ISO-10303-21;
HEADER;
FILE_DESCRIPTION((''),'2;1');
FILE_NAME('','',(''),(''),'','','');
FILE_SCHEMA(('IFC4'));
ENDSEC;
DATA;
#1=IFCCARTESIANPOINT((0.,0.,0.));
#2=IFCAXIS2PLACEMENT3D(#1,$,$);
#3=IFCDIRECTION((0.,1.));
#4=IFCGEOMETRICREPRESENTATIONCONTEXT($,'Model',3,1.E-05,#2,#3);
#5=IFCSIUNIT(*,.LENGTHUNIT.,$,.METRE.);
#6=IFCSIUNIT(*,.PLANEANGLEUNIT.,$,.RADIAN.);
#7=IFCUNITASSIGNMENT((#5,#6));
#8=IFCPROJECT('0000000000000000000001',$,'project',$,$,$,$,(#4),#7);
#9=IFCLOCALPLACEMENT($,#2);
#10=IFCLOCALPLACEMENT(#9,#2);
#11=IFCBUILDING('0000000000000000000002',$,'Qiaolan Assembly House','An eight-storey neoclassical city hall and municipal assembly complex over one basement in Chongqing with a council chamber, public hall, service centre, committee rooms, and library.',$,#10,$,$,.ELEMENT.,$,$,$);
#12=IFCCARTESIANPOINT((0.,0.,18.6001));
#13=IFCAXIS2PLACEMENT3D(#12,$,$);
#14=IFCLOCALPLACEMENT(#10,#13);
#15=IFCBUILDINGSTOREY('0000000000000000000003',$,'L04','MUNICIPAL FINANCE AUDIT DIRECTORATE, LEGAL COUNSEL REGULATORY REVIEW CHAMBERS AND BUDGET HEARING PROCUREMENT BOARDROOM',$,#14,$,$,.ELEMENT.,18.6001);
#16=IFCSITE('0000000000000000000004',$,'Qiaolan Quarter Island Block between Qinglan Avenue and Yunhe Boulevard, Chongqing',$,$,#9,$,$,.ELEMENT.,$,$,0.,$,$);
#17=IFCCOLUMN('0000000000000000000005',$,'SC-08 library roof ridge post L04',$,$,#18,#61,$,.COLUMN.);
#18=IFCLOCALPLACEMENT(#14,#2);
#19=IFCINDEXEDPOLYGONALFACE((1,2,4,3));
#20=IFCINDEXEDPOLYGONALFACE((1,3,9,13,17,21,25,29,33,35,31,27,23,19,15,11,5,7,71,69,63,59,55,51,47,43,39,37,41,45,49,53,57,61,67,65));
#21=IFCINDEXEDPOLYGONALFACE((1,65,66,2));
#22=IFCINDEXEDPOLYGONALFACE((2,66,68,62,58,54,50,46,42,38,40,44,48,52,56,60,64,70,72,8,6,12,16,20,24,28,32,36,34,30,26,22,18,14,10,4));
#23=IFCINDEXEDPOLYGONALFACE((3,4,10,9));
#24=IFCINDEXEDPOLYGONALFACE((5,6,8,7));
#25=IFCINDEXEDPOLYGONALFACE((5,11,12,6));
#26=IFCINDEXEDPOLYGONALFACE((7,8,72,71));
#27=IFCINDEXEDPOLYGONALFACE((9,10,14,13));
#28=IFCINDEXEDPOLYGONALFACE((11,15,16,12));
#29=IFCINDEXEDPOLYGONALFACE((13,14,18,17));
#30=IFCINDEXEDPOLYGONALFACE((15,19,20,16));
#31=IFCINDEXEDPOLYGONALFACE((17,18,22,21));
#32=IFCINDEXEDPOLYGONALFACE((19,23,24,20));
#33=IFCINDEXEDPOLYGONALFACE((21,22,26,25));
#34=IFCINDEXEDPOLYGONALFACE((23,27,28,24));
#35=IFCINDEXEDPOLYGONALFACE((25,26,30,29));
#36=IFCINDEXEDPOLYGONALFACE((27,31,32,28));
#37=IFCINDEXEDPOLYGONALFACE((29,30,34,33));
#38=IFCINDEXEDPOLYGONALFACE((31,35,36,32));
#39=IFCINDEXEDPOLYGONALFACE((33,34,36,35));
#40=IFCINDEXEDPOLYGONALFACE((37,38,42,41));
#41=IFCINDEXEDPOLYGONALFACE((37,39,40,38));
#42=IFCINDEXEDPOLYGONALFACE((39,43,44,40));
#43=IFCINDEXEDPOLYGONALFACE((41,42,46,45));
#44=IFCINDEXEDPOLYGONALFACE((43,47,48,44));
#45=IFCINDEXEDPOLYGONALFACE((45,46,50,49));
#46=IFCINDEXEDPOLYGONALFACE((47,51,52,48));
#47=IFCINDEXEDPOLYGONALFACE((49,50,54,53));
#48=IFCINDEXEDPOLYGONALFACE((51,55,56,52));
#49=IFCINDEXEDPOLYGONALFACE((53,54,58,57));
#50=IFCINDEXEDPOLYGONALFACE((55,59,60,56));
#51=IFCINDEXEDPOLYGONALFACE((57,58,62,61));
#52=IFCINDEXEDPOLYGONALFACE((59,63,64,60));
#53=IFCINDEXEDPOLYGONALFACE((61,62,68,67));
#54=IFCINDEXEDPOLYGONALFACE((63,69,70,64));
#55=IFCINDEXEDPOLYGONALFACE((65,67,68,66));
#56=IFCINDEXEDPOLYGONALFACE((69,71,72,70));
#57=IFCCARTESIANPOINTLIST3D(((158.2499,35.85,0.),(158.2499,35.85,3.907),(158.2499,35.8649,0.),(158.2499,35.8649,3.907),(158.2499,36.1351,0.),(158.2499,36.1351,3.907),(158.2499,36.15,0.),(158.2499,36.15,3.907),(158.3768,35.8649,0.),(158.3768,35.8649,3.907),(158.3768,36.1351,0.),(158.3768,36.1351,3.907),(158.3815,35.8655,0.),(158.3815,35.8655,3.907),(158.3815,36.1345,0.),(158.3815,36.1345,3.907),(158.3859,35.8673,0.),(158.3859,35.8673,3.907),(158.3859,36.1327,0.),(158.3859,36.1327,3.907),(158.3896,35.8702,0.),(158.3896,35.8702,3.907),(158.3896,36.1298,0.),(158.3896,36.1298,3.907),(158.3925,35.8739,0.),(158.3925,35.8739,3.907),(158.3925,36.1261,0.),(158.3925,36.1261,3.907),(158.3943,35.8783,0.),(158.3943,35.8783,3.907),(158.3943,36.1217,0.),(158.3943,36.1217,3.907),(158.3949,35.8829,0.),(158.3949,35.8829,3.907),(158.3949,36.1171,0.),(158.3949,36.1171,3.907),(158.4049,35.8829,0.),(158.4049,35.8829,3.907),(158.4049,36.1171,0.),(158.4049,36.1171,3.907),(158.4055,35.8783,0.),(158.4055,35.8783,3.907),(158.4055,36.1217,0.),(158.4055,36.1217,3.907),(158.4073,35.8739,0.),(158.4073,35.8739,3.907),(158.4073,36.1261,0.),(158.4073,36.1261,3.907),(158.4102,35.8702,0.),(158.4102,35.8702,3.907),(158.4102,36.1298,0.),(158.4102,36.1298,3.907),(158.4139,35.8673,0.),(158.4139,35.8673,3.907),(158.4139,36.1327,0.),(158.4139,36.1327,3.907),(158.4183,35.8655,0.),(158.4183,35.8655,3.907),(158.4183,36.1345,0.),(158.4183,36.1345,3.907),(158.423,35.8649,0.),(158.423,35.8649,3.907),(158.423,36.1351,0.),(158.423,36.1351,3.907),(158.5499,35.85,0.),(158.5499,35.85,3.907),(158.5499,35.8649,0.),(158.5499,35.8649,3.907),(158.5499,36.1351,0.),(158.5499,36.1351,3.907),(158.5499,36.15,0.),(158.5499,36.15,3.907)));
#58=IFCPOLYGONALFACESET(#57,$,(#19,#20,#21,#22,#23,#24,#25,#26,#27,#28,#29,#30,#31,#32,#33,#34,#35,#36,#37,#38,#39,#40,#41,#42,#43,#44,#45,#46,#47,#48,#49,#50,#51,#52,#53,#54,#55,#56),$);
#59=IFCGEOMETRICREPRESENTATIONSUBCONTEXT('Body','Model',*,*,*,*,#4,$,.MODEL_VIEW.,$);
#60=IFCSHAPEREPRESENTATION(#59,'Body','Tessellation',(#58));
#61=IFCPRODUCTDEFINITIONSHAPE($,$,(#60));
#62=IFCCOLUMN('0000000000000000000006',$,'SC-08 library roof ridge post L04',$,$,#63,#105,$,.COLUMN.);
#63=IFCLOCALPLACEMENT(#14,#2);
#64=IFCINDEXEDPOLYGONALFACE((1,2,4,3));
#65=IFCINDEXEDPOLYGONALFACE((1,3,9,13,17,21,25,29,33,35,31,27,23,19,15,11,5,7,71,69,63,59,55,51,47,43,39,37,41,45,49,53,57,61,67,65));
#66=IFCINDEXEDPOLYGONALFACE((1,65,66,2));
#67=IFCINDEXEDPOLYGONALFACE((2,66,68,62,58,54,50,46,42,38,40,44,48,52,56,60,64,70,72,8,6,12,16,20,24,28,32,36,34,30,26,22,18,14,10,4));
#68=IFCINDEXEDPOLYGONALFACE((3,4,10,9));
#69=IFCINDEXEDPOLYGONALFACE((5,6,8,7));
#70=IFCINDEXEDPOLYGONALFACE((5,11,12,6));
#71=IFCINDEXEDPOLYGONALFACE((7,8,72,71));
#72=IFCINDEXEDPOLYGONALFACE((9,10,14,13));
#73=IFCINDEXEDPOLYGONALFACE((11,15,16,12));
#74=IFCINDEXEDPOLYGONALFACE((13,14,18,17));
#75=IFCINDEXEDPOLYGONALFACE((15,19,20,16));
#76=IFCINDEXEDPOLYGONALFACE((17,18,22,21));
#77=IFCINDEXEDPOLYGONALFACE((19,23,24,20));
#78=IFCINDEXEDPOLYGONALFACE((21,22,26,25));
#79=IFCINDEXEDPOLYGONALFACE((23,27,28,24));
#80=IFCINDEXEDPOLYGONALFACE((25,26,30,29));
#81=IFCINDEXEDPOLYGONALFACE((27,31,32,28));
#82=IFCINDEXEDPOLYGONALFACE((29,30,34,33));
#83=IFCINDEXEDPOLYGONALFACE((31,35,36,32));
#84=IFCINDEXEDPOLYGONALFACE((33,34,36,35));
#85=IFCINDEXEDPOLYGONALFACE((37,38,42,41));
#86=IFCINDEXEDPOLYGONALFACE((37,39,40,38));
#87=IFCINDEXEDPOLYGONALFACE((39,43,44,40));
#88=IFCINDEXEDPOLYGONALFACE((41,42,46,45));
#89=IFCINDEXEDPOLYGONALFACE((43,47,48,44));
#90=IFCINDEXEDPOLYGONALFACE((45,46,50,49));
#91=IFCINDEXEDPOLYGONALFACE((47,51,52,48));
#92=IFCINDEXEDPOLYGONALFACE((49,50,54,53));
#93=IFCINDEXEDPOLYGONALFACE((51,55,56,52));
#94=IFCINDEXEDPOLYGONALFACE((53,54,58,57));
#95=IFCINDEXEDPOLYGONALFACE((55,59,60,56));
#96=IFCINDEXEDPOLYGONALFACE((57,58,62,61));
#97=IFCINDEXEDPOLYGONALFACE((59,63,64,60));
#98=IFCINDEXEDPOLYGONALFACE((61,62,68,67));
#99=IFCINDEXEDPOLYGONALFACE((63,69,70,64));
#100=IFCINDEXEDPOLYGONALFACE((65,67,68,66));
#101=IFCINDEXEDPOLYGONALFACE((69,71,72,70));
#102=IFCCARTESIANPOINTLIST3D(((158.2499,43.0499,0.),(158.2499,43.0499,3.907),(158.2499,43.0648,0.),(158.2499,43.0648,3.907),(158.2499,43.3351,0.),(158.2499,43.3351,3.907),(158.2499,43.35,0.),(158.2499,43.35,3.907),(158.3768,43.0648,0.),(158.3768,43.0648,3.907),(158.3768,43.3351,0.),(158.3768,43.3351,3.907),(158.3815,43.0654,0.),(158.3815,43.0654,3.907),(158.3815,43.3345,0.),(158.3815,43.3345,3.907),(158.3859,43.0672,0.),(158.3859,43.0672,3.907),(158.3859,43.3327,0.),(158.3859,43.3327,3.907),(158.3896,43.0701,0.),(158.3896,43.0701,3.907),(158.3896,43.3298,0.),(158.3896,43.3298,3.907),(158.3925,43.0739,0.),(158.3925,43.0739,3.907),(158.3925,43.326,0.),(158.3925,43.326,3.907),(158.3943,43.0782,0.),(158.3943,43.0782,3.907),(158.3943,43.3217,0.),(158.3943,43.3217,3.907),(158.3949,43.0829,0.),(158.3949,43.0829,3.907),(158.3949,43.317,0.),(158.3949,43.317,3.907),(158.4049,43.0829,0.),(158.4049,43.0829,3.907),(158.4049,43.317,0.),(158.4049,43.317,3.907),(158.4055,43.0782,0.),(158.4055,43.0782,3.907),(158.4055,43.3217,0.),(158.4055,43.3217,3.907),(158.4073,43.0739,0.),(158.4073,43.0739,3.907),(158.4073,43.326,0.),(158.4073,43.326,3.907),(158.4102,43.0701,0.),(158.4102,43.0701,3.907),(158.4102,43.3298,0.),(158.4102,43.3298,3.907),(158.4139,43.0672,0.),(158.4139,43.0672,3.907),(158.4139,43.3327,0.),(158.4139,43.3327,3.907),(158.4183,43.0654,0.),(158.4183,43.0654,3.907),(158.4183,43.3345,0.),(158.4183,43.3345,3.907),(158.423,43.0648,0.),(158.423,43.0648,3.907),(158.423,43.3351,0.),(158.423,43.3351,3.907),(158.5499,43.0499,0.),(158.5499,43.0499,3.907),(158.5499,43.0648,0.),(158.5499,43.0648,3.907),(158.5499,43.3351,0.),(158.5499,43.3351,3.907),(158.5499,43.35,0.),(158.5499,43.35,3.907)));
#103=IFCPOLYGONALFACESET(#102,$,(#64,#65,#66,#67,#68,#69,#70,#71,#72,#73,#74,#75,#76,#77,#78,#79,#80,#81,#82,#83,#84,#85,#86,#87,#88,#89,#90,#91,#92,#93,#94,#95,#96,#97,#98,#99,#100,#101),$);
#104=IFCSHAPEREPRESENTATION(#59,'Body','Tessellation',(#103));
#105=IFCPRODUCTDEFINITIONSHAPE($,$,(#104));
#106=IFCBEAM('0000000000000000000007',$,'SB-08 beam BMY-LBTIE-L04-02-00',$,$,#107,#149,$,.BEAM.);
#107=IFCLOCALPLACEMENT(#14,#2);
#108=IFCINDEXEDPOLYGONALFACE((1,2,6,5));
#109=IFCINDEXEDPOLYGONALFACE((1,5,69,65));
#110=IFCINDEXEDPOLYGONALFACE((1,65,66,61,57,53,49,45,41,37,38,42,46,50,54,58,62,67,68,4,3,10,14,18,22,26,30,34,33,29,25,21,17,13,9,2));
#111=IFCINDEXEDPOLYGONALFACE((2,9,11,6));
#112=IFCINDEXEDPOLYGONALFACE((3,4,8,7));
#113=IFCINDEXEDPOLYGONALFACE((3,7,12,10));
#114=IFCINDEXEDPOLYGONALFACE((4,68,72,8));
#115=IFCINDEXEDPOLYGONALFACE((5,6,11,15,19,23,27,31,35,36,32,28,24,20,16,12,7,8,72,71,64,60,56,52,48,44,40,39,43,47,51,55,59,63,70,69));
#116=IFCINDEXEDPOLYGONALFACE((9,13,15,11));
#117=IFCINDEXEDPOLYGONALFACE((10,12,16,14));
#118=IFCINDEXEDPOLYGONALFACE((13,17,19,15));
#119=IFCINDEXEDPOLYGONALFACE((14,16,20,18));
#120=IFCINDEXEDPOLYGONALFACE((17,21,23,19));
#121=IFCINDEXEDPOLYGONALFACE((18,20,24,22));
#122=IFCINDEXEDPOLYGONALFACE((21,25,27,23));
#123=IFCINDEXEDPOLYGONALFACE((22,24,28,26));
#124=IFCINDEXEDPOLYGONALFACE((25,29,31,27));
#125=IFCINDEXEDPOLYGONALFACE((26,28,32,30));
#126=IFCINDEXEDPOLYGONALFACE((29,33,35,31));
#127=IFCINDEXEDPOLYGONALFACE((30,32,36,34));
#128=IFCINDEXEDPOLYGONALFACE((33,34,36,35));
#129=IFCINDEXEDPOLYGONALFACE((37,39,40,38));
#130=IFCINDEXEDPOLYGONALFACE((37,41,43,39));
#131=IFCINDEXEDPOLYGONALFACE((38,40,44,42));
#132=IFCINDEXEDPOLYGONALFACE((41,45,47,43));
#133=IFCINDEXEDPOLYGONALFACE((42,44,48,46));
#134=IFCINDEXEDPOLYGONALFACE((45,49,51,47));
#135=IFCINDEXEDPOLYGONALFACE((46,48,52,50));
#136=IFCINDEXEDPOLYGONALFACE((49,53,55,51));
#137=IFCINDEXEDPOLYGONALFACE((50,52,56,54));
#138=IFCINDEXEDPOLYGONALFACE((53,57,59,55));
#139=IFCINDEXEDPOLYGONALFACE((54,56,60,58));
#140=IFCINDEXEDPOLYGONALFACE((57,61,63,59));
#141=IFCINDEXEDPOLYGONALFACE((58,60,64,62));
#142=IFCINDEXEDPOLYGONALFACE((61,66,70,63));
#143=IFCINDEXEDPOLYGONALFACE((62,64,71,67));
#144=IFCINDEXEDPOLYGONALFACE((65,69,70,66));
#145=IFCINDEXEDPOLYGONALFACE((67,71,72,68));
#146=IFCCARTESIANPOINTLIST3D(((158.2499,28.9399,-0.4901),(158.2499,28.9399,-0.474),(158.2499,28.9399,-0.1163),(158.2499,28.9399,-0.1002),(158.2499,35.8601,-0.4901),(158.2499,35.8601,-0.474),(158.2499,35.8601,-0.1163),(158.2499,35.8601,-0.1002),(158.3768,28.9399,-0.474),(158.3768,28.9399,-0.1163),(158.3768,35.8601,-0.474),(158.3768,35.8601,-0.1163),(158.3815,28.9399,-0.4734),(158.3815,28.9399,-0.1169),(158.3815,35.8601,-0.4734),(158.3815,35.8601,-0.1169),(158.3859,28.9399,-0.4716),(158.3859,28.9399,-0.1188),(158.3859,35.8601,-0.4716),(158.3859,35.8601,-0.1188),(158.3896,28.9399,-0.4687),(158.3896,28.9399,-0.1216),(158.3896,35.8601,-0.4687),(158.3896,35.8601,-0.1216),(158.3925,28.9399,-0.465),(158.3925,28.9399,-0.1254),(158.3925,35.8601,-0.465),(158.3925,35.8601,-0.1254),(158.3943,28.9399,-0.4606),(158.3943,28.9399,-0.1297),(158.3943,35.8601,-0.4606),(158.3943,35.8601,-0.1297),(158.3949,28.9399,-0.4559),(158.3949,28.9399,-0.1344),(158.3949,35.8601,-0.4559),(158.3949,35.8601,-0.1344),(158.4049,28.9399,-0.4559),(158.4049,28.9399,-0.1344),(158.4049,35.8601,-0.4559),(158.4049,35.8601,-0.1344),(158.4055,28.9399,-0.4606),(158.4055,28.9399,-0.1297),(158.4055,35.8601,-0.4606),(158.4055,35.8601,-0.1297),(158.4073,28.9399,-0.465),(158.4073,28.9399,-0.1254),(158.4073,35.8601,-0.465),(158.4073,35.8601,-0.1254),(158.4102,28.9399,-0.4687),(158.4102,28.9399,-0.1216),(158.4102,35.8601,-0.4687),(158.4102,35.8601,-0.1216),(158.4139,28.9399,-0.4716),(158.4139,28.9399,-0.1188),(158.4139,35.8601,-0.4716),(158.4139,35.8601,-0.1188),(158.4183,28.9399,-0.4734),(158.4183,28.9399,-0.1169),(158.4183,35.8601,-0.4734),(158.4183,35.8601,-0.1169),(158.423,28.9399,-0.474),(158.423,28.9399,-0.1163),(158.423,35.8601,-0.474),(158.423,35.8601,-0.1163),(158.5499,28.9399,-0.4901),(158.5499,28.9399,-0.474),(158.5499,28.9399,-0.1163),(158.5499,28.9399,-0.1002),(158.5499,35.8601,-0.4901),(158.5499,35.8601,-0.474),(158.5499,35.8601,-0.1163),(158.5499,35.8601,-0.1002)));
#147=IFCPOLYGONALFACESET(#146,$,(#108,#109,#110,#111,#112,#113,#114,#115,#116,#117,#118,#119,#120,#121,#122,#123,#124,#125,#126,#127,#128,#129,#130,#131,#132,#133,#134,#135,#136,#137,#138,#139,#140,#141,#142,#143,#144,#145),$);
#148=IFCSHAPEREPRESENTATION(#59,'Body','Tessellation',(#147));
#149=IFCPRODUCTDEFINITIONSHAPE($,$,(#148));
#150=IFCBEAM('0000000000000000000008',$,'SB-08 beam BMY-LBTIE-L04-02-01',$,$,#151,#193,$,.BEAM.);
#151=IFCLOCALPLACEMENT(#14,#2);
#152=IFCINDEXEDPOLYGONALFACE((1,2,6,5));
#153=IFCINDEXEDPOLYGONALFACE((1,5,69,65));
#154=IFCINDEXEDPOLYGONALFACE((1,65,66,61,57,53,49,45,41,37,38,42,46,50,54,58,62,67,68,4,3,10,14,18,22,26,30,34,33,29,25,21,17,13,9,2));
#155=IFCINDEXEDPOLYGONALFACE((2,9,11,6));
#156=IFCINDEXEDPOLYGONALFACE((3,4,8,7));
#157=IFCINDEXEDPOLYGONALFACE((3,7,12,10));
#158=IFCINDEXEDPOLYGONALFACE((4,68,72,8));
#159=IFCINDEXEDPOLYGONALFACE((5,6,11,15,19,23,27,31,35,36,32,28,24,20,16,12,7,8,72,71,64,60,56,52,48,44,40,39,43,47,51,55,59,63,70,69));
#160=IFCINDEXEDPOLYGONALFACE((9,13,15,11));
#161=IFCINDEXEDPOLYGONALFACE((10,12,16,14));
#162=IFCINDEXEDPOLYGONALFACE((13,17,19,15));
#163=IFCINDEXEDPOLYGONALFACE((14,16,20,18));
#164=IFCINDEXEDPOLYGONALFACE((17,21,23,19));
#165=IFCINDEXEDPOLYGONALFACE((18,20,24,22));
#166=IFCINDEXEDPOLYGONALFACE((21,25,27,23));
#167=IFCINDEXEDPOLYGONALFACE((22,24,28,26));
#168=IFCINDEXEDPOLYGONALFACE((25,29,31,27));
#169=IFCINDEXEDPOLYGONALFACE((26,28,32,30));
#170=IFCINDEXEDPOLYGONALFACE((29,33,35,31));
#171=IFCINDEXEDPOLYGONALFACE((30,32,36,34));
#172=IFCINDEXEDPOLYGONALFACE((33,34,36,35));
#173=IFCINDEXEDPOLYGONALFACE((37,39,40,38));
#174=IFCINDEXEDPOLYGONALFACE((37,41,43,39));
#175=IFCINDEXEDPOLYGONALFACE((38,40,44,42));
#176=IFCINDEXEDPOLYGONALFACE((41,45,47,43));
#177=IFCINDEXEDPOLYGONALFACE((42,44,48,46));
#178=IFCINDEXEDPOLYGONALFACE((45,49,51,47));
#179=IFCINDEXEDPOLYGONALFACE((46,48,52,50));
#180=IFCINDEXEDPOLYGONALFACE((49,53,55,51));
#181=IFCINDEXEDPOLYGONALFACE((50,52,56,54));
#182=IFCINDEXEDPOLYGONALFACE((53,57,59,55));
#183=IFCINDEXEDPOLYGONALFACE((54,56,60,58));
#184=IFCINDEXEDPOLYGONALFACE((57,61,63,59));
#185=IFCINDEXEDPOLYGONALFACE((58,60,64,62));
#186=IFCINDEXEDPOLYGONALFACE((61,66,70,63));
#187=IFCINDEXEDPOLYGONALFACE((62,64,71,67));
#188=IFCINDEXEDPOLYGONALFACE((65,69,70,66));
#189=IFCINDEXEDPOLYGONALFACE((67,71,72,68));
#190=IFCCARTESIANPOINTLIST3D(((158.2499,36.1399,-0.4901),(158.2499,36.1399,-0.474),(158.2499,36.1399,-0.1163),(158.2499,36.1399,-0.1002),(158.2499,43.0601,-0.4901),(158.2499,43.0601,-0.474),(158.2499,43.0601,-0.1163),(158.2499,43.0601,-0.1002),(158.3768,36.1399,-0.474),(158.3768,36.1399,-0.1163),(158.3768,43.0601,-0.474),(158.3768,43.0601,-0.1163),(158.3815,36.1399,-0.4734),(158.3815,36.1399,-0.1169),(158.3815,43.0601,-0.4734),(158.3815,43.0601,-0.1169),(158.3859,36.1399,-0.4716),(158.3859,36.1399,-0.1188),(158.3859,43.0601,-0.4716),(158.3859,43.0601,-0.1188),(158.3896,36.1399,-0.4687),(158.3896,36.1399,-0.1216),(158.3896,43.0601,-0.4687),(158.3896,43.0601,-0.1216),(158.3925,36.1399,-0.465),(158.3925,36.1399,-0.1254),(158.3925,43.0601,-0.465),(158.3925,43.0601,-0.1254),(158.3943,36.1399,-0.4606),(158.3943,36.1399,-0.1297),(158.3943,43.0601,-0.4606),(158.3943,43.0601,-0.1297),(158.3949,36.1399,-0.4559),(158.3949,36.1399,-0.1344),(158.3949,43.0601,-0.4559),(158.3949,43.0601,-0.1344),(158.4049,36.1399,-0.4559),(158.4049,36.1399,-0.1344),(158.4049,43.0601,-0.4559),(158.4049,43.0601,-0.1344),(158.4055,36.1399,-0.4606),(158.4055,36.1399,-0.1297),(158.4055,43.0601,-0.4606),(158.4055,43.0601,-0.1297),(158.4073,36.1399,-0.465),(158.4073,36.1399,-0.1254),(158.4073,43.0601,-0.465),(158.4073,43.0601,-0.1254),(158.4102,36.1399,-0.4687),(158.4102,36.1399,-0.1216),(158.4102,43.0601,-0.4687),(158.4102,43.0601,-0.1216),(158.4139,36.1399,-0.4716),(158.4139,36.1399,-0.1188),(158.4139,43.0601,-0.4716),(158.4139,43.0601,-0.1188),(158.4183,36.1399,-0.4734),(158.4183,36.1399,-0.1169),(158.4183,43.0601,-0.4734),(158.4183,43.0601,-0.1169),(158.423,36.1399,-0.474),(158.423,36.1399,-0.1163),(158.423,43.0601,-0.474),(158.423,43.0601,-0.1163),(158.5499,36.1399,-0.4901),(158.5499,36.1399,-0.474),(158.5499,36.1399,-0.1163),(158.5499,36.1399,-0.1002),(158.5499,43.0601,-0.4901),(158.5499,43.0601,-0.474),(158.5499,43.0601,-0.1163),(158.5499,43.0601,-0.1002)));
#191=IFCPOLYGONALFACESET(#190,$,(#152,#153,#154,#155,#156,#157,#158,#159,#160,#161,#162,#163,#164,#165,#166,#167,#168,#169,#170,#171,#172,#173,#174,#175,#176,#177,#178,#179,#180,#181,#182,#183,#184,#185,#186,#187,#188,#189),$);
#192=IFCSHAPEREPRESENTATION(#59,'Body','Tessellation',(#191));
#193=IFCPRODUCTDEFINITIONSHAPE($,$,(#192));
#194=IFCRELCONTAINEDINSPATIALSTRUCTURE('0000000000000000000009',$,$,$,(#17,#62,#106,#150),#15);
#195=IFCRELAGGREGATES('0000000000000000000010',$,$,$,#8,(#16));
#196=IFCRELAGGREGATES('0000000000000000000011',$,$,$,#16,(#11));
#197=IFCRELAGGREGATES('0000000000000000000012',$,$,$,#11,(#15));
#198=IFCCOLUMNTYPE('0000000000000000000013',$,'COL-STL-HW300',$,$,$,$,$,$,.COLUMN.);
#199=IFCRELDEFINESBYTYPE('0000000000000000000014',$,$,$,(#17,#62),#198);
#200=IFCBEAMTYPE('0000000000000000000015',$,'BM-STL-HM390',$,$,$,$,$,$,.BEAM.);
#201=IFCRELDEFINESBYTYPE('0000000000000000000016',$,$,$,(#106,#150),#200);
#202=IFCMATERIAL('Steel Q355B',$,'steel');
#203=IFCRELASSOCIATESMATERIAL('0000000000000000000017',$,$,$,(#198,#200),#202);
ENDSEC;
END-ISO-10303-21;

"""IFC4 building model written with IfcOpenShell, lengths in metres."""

from ifc_helpers import new_model, si_unit, direction, frame, origin, origin_2d, place, context, subcontext, project, spatial, i_section, extrude, material, material_profile, profile_set, type_object, element, save


model = new_model("IFC4")

# Units and contexts
model_context = context("Model", 3, precision=1e-05, world=origin(), true_north=direction((0.0, 1.0)))
body_context = subcontext(model_context, "Body", "Model", "MODEL_VIEW")
ifc_project = project(units=[si_unit("LENGTHUNIT", "METRE"), si_unit("PLANEANGLEUNIT", "RADIAN")], contexts=[model_context])

# Site, building, storey
site_placement = place(None, origin())
site = spatial("IfcSite", under=ifc_project, at=site_placement, Name="Qiaolan Quarter Island Block between Qinglan Avenue and Yunhe Boulevard, Chongqing", CompositionType="ELEMENT", RefElevation=0.0)
building_placement = place(site_placement, origin())
building = spatial("IfcBuilding", under=site, at=building_placement, Name="Qiaolan Assembly House", Description="An eight-storey neoclassical city hall and municipal assembly complex over one basement in Chongqing with a council chamber, public hall, service centre, committee rooms, and library.", CompositionType="ELEMENT")
storey_placement = place(building_placement, frame((0.0, 0.0, 18.6001)))
storey = spatial("IfcBuildingStorey", under=building, at=storey_placement, Name="L04", Description="MUNICIPAL FINANCE AUDIT DIRECTORATE, LEGAL COUNSEL REGULATORY REVIEW CHAMBERS AND BUDGET HEARING PROCUREMENT BOARDROOM", CompositionType="ELEMENT", Elevation=18.6001)

# Columns
ifc_material_1 = material(Name="Steel Q355B", Category="steel")
ifc_material_profile_1 = material_profile(ifc_material_1, i_section(OverallWidth=0.3, OverallDepth=0.3, WebThickness=0.01, FlangeThickness=0.0149, FilletRadius=0.0181, at=origin_2d()), Name="HW 300x300x10x15")
ifc_profile_set_1 = profile_set([ifc_material_profile_1], Name="Steel Q355B")
column_type = type_object("IfcColumnType", Name="COL-STL-HW300", PredefinedType="COLUMN", material=ifc_profile_set_1)
for number, where, z_axis, x_axis, name in (
    (1, (158.3999, 36.0, 0.0), (0.0, 0.0, 1.0), (1.0, 0.0, 0.0), "SC-08 library roof ridge post L04"),
    (2, (158.3999, 43.2, 0.0), (0.0, 0.0, 1.0), (1.0, 0.0, 0.0), "SC-08 library roof ridge post L04"),
):
    element("IfcColumn", number, at=place(storey_placement, frame(where, z_axis=z_axis, x_axis=x_axis)), inside=storey, type_object=column_type, Name=name, PredefinedType="COLUMN", context=body_context, shape_type="SweptSolid", body=[
        extrude(i_section(OverallWidth=0.3, OverallDepth=0.3, WebThickness=0.01, FlangeThickness=0.0149, FilletRadius=0.0181, at=origin_2d()), origin(), (0.0, 0.0, 1.0), 3.907),
    ])

# Beams
ifc_material_profile_2 = material_profile(ifc_material_1, i_section(OverallWidth=0.3, OverallDepth=0.3899, WebThickness=0.01, FlangeThickness=0.0161, FilletRadius=0.0181, at=origin_2d()), Name="HM 390x300x10x16")
ifc_profile_set_2 = profile_set([ifc_material_profile_2], Name="Steel Q355B")
beam_type_1 = type_object("IfcBeamType", Name="BM-STL-HM390", PredefinedType="BEAM", material=ifc_profile_set_2)
for number, where, z_axis, x_axis, name in (
    (3, (158.3999, 28.9399, -0.2952), (0.0, 1.0, 0.0), (-1.0, 0.0, 0.0), "SB-08 beam BMY-LBTIE-L04-02-00"),
    (4, (158.3999, 36.1399, -0.2952), (0.0, 1.0, 0.0), (-1.0, 0.0, 0.0), "SB-08 beam BMY-LBTIE-L04-02-01"),
):
    element("IfcBeam", number, at=place(storey_placement, frame(where, z_axis=z_axis, x_axis=x_axis)), inside=storey, type_object=beam_type_1, Name=name, PredefinedType="BEAM", context=body_context, shape_type="SweptSolid", body=[
        extrude(i_section(OverallWidth=0.3, OverallDepth=0.3899, WebThickness=0.01, FlangeThickness=0.0161, FilletRadius=0.0181, at=origin_2d()), origin(), (0.0, 0.0, 1.0), 6.9202),
    ])

save(model, "model.ifc")
